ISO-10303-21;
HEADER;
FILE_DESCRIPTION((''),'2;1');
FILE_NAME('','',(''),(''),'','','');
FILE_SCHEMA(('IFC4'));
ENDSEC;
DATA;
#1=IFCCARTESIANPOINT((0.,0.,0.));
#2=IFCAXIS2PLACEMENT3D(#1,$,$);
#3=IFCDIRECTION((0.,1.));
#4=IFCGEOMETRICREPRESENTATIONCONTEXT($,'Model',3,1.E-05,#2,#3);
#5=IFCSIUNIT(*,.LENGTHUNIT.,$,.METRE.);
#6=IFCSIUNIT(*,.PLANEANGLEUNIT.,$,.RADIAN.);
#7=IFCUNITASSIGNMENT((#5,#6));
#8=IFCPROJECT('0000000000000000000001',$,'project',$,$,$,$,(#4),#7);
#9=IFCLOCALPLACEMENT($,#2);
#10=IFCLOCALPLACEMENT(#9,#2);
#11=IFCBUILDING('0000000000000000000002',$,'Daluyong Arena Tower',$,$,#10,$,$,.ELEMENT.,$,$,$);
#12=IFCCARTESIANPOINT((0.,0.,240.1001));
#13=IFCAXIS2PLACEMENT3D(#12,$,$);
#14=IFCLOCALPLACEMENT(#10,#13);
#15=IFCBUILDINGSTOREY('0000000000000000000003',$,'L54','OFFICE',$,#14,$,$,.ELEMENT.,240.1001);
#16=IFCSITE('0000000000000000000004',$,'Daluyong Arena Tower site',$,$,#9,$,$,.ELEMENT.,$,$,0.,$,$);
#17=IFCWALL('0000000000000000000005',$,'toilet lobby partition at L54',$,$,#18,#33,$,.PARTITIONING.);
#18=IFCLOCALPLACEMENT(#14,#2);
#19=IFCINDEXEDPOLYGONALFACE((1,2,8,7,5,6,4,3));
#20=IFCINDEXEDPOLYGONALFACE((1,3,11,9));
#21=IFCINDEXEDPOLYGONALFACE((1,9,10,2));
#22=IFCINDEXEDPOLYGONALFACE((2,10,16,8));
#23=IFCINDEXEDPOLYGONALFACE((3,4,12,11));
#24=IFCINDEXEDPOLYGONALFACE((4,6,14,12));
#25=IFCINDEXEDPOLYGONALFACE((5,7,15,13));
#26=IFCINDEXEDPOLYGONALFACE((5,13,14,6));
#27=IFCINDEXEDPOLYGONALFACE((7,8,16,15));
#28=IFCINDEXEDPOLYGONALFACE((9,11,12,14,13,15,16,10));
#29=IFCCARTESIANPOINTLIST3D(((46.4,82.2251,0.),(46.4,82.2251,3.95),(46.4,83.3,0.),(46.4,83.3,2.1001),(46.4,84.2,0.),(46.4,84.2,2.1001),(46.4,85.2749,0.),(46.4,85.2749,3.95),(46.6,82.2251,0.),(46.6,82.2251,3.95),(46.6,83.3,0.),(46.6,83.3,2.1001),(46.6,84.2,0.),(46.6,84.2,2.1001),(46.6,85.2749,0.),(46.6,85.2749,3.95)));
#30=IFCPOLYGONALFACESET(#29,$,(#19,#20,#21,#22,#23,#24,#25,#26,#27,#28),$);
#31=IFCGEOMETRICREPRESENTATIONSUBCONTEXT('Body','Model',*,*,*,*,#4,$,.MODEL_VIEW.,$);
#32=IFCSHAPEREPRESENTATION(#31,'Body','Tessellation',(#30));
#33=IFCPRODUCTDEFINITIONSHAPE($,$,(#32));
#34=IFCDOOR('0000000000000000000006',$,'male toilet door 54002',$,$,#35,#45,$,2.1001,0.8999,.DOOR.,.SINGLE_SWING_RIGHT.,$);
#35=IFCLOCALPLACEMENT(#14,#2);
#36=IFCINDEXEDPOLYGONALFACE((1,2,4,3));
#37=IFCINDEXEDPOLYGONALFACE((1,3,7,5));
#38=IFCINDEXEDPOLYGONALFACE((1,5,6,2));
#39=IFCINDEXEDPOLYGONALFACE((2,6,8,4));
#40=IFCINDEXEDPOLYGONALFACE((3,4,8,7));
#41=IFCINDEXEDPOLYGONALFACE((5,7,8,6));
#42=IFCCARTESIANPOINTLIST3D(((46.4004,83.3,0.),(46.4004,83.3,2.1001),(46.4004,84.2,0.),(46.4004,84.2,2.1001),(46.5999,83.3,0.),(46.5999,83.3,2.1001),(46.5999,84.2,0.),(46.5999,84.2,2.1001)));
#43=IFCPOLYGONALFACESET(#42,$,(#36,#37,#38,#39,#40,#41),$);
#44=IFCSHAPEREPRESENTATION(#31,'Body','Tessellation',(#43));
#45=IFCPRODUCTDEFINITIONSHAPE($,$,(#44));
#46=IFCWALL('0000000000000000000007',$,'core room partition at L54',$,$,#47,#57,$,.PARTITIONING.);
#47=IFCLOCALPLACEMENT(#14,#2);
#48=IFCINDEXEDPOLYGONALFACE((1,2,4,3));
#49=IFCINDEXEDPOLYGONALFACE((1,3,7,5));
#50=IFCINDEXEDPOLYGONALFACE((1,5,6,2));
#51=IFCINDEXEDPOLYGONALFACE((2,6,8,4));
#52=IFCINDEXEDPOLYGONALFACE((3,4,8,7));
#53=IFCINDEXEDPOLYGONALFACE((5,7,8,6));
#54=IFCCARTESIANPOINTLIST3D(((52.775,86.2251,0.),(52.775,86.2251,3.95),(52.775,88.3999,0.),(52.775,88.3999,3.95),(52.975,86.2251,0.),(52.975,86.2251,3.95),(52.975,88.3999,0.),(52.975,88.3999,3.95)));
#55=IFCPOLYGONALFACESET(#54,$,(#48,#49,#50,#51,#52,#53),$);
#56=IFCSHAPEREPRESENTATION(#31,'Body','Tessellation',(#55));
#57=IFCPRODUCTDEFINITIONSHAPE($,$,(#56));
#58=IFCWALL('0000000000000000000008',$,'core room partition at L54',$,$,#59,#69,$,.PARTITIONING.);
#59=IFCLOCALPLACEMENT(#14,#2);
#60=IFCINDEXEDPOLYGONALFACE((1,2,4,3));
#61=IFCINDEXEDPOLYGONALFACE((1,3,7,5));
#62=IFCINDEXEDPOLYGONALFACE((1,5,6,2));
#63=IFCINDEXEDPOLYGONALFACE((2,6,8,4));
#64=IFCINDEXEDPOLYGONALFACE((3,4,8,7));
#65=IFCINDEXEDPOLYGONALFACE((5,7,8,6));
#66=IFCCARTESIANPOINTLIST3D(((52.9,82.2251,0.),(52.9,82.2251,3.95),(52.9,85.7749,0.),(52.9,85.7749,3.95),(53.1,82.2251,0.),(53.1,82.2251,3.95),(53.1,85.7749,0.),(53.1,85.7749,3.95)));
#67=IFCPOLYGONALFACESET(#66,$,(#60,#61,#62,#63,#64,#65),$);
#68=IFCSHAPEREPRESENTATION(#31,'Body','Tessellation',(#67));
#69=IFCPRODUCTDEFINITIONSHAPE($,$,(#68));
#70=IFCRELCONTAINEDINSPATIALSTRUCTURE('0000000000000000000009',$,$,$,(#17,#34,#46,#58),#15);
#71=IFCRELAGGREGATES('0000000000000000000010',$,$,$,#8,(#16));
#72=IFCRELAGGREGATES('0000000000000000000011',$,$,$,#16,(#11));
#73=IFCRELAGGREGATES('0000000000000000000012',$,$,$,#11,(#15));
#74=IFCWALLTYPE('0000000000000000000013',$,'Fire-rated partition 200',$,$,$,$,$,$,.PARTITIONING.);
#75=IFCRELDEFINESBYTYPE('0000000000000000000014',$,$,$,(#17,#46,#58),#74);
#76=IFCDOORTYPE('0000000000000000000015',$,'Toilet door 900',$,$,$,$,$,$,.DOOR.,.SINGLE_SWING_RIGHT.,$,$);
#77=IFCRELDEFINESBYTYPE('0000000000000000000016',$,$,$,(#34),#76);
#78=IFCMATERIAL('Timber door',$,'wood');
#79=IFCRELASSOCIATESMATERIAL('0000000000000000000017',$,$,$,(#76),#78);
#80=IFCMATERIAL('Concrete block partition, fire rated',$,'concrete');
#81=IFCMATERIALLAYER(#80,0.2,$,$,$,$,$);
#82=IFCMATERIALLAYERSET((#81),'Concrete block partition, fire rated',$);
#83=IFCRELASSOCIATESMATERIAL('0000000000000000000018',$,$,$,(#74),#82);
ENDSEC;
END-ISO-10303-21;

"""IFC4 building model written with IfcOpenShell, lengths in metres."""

from ifc_helpers import new_model, si_unit, direction, frame, frame_2d, origin, place, context, subcontext, project, spatial, rectangle, extrude, material, layer, layer_set, type_object, element, fill, save


model = new_model("IFC4")

# Units and contexts
model_context = context("Model", 3, precision=1e-05, world=origin(), true_north=direction((0.0, 1.0)))
body_context = subcontext(model_context, "Body", "Model", "MODEL_VIEW")
ifc_project = project(units=[si_unit("LENGTHUNIT", "METRE"), si_unit("PLANEANGLEUNIT", "RADIAN")], contexts=[model_context])

# Site, building, storey
site_placement = place(None, origin())
site = spatial("IfcSite", under=ifc_project, at=site_placement, Name="Daluyong Arena Tower site", CompositionType="ELEMENT", RefElevation=0.0)
building_placement = place(site_placement, origin())
building = spatial("IfcBuilding", under=site, at=building_placement, Name="Daluyong Arena Tower", CompositionType="ELEMENT")
storey_placement = place(building_placement, frame((0.0, 0.0, 240.1001)))
storey = spatial("IfcBuildingStorey", under=building, at=storey_placement, Name="L54", Description="OFFICE", CompositionType="ELEMENT", Elevation=240.1001)

# Shared definitions
ifc_material_1 = material(Name="Timber door", Category="wood")
door_type_1 = type_object("IfcDoorType", Name="Toilet door 900", OperationType="SINGLE_SWING_RIGHT", PredefinedType="DOOR", material=ifc_material_1)

# Wall, opening, door
ifc_material_2 = material(Name="Concrete block partition, fire rated", Category="concrete")
ifc_layer_1 = layer(ifc_material_2, 0.2)
ifc_layer_set_1 = layer_set([ifc_layer_1], Name="Concrete block partition, fire rated")
wall_type_1 = type_object("IfcWallType", Name="Fire-rated partition 200", PredefinedType="PARTITIONING", material=ifc_layer_set_1)
wall_1_placement = place(storey_placement, frame((46.5, 82.2251, 0.0), z_axis=(0.0, 0.0, 1.0), x_axis=(0.0, 1.0, 0.0)))
wall_1 = element("IfcWall", 1, at=wall_1_placement, inside=storey, type_object=wall_type_1, Name="toilet lobby partition at L54", PredefinedType="PARTITIONING", context=body_context, shape_type="SweptSolid", body=[
    extrude(rectangle(XDim=3.0498, YDim=0.2, at=frame_2d((1.5249, 0.0))), origin(), (0.0, 0.0, 1.0), 3.95),
])
opening_1_placement = place(wall_1_placement, frame((1.075, 0.0, 0.0)))
opening_1 = element("IfcOpeningElement", 2, at=opening_1_placement, cuts=wall_1, PredefinedType="OPENING", context=body_context, shape_type="SweptSolid", body=[
    extrude(rectangle(XDim=0.8999, YDim=2.1001, at=frame_2d((0.45, 1.05))), frame((0.0, 0.1099, 0.0), z_axis=(0.0, -1.0, 0.0), x_axis=(1.0, 0.0, 0.0)), (0.0, 0.0, 1.0), 0.22),
])
door_1_placement = place(opening_1_placement, origin())
door_1 = element("IfcDoor", 3, at=door_1_placement, inside=storey, type_object=door_type_1, Name="male toilet door 54002", OperationType="SINGLE_SWING_RIGHT", OverallHeight=2.1001, OverallWidth=0.8999, PredefinedType="DOOR", context=body_context, shape_type="SweptSolid", body=[
    extrude(rectangle(XDim=0.8999, YDim=2.1001, at=frame_2d((0.45, 1.05))), frame((0.0, 0.0996, 0.0), z_axis=(0.0, -1.0, 0.0), x_axis=(1.0, 0.0, 0.0)), (0.0, 0.0, 1.0), 0.1995),
])
fill(opening_1, door_1)

# Walls
wall_2_placement = place(storey_placement, frame((52.875, 86.2251, 0.0), z_axis=(0.0, 0.0, 1.0), x_axis=(0.0, 1.0, 0.0)))
element("IfcWall", 4, at=wall_2_placement, inside=storey, type_object=wall_type_1, Name="core room partition at L54", PredefinedType="PARTITIONING", context=body_context, shape_type="SweptSolid", body=[
    extrude(rectangle(XDim=2.1748, YDim=0.2, at=frame_2d((1.0874, 0.0))), origin(), (0.0, 0.0, 1.0), 3.95),
])
wall_3_placement = place(storey_placement, frame((53.0, 82.2251, 0.0), z_axis=(0.0, 0.0, 1.0), x_axis=(0.0, 1.0, 0.0)))
element("IfcWall", 5, at=wall_3_placement, inside=storey, type_object=wall_type_1, Name="core room partition at L54", PredefinedType="PARTITIONING", context=body_context, shape_type="SweptSolid", body=[
    extrude(rectangle(XDim=3.5498, YDim=0.2, at=frame_2d((1.7749, 0.0))), origin(), (0.0, 0.0, 1.0), 3.95),
])

save(model, "model.ifc")
